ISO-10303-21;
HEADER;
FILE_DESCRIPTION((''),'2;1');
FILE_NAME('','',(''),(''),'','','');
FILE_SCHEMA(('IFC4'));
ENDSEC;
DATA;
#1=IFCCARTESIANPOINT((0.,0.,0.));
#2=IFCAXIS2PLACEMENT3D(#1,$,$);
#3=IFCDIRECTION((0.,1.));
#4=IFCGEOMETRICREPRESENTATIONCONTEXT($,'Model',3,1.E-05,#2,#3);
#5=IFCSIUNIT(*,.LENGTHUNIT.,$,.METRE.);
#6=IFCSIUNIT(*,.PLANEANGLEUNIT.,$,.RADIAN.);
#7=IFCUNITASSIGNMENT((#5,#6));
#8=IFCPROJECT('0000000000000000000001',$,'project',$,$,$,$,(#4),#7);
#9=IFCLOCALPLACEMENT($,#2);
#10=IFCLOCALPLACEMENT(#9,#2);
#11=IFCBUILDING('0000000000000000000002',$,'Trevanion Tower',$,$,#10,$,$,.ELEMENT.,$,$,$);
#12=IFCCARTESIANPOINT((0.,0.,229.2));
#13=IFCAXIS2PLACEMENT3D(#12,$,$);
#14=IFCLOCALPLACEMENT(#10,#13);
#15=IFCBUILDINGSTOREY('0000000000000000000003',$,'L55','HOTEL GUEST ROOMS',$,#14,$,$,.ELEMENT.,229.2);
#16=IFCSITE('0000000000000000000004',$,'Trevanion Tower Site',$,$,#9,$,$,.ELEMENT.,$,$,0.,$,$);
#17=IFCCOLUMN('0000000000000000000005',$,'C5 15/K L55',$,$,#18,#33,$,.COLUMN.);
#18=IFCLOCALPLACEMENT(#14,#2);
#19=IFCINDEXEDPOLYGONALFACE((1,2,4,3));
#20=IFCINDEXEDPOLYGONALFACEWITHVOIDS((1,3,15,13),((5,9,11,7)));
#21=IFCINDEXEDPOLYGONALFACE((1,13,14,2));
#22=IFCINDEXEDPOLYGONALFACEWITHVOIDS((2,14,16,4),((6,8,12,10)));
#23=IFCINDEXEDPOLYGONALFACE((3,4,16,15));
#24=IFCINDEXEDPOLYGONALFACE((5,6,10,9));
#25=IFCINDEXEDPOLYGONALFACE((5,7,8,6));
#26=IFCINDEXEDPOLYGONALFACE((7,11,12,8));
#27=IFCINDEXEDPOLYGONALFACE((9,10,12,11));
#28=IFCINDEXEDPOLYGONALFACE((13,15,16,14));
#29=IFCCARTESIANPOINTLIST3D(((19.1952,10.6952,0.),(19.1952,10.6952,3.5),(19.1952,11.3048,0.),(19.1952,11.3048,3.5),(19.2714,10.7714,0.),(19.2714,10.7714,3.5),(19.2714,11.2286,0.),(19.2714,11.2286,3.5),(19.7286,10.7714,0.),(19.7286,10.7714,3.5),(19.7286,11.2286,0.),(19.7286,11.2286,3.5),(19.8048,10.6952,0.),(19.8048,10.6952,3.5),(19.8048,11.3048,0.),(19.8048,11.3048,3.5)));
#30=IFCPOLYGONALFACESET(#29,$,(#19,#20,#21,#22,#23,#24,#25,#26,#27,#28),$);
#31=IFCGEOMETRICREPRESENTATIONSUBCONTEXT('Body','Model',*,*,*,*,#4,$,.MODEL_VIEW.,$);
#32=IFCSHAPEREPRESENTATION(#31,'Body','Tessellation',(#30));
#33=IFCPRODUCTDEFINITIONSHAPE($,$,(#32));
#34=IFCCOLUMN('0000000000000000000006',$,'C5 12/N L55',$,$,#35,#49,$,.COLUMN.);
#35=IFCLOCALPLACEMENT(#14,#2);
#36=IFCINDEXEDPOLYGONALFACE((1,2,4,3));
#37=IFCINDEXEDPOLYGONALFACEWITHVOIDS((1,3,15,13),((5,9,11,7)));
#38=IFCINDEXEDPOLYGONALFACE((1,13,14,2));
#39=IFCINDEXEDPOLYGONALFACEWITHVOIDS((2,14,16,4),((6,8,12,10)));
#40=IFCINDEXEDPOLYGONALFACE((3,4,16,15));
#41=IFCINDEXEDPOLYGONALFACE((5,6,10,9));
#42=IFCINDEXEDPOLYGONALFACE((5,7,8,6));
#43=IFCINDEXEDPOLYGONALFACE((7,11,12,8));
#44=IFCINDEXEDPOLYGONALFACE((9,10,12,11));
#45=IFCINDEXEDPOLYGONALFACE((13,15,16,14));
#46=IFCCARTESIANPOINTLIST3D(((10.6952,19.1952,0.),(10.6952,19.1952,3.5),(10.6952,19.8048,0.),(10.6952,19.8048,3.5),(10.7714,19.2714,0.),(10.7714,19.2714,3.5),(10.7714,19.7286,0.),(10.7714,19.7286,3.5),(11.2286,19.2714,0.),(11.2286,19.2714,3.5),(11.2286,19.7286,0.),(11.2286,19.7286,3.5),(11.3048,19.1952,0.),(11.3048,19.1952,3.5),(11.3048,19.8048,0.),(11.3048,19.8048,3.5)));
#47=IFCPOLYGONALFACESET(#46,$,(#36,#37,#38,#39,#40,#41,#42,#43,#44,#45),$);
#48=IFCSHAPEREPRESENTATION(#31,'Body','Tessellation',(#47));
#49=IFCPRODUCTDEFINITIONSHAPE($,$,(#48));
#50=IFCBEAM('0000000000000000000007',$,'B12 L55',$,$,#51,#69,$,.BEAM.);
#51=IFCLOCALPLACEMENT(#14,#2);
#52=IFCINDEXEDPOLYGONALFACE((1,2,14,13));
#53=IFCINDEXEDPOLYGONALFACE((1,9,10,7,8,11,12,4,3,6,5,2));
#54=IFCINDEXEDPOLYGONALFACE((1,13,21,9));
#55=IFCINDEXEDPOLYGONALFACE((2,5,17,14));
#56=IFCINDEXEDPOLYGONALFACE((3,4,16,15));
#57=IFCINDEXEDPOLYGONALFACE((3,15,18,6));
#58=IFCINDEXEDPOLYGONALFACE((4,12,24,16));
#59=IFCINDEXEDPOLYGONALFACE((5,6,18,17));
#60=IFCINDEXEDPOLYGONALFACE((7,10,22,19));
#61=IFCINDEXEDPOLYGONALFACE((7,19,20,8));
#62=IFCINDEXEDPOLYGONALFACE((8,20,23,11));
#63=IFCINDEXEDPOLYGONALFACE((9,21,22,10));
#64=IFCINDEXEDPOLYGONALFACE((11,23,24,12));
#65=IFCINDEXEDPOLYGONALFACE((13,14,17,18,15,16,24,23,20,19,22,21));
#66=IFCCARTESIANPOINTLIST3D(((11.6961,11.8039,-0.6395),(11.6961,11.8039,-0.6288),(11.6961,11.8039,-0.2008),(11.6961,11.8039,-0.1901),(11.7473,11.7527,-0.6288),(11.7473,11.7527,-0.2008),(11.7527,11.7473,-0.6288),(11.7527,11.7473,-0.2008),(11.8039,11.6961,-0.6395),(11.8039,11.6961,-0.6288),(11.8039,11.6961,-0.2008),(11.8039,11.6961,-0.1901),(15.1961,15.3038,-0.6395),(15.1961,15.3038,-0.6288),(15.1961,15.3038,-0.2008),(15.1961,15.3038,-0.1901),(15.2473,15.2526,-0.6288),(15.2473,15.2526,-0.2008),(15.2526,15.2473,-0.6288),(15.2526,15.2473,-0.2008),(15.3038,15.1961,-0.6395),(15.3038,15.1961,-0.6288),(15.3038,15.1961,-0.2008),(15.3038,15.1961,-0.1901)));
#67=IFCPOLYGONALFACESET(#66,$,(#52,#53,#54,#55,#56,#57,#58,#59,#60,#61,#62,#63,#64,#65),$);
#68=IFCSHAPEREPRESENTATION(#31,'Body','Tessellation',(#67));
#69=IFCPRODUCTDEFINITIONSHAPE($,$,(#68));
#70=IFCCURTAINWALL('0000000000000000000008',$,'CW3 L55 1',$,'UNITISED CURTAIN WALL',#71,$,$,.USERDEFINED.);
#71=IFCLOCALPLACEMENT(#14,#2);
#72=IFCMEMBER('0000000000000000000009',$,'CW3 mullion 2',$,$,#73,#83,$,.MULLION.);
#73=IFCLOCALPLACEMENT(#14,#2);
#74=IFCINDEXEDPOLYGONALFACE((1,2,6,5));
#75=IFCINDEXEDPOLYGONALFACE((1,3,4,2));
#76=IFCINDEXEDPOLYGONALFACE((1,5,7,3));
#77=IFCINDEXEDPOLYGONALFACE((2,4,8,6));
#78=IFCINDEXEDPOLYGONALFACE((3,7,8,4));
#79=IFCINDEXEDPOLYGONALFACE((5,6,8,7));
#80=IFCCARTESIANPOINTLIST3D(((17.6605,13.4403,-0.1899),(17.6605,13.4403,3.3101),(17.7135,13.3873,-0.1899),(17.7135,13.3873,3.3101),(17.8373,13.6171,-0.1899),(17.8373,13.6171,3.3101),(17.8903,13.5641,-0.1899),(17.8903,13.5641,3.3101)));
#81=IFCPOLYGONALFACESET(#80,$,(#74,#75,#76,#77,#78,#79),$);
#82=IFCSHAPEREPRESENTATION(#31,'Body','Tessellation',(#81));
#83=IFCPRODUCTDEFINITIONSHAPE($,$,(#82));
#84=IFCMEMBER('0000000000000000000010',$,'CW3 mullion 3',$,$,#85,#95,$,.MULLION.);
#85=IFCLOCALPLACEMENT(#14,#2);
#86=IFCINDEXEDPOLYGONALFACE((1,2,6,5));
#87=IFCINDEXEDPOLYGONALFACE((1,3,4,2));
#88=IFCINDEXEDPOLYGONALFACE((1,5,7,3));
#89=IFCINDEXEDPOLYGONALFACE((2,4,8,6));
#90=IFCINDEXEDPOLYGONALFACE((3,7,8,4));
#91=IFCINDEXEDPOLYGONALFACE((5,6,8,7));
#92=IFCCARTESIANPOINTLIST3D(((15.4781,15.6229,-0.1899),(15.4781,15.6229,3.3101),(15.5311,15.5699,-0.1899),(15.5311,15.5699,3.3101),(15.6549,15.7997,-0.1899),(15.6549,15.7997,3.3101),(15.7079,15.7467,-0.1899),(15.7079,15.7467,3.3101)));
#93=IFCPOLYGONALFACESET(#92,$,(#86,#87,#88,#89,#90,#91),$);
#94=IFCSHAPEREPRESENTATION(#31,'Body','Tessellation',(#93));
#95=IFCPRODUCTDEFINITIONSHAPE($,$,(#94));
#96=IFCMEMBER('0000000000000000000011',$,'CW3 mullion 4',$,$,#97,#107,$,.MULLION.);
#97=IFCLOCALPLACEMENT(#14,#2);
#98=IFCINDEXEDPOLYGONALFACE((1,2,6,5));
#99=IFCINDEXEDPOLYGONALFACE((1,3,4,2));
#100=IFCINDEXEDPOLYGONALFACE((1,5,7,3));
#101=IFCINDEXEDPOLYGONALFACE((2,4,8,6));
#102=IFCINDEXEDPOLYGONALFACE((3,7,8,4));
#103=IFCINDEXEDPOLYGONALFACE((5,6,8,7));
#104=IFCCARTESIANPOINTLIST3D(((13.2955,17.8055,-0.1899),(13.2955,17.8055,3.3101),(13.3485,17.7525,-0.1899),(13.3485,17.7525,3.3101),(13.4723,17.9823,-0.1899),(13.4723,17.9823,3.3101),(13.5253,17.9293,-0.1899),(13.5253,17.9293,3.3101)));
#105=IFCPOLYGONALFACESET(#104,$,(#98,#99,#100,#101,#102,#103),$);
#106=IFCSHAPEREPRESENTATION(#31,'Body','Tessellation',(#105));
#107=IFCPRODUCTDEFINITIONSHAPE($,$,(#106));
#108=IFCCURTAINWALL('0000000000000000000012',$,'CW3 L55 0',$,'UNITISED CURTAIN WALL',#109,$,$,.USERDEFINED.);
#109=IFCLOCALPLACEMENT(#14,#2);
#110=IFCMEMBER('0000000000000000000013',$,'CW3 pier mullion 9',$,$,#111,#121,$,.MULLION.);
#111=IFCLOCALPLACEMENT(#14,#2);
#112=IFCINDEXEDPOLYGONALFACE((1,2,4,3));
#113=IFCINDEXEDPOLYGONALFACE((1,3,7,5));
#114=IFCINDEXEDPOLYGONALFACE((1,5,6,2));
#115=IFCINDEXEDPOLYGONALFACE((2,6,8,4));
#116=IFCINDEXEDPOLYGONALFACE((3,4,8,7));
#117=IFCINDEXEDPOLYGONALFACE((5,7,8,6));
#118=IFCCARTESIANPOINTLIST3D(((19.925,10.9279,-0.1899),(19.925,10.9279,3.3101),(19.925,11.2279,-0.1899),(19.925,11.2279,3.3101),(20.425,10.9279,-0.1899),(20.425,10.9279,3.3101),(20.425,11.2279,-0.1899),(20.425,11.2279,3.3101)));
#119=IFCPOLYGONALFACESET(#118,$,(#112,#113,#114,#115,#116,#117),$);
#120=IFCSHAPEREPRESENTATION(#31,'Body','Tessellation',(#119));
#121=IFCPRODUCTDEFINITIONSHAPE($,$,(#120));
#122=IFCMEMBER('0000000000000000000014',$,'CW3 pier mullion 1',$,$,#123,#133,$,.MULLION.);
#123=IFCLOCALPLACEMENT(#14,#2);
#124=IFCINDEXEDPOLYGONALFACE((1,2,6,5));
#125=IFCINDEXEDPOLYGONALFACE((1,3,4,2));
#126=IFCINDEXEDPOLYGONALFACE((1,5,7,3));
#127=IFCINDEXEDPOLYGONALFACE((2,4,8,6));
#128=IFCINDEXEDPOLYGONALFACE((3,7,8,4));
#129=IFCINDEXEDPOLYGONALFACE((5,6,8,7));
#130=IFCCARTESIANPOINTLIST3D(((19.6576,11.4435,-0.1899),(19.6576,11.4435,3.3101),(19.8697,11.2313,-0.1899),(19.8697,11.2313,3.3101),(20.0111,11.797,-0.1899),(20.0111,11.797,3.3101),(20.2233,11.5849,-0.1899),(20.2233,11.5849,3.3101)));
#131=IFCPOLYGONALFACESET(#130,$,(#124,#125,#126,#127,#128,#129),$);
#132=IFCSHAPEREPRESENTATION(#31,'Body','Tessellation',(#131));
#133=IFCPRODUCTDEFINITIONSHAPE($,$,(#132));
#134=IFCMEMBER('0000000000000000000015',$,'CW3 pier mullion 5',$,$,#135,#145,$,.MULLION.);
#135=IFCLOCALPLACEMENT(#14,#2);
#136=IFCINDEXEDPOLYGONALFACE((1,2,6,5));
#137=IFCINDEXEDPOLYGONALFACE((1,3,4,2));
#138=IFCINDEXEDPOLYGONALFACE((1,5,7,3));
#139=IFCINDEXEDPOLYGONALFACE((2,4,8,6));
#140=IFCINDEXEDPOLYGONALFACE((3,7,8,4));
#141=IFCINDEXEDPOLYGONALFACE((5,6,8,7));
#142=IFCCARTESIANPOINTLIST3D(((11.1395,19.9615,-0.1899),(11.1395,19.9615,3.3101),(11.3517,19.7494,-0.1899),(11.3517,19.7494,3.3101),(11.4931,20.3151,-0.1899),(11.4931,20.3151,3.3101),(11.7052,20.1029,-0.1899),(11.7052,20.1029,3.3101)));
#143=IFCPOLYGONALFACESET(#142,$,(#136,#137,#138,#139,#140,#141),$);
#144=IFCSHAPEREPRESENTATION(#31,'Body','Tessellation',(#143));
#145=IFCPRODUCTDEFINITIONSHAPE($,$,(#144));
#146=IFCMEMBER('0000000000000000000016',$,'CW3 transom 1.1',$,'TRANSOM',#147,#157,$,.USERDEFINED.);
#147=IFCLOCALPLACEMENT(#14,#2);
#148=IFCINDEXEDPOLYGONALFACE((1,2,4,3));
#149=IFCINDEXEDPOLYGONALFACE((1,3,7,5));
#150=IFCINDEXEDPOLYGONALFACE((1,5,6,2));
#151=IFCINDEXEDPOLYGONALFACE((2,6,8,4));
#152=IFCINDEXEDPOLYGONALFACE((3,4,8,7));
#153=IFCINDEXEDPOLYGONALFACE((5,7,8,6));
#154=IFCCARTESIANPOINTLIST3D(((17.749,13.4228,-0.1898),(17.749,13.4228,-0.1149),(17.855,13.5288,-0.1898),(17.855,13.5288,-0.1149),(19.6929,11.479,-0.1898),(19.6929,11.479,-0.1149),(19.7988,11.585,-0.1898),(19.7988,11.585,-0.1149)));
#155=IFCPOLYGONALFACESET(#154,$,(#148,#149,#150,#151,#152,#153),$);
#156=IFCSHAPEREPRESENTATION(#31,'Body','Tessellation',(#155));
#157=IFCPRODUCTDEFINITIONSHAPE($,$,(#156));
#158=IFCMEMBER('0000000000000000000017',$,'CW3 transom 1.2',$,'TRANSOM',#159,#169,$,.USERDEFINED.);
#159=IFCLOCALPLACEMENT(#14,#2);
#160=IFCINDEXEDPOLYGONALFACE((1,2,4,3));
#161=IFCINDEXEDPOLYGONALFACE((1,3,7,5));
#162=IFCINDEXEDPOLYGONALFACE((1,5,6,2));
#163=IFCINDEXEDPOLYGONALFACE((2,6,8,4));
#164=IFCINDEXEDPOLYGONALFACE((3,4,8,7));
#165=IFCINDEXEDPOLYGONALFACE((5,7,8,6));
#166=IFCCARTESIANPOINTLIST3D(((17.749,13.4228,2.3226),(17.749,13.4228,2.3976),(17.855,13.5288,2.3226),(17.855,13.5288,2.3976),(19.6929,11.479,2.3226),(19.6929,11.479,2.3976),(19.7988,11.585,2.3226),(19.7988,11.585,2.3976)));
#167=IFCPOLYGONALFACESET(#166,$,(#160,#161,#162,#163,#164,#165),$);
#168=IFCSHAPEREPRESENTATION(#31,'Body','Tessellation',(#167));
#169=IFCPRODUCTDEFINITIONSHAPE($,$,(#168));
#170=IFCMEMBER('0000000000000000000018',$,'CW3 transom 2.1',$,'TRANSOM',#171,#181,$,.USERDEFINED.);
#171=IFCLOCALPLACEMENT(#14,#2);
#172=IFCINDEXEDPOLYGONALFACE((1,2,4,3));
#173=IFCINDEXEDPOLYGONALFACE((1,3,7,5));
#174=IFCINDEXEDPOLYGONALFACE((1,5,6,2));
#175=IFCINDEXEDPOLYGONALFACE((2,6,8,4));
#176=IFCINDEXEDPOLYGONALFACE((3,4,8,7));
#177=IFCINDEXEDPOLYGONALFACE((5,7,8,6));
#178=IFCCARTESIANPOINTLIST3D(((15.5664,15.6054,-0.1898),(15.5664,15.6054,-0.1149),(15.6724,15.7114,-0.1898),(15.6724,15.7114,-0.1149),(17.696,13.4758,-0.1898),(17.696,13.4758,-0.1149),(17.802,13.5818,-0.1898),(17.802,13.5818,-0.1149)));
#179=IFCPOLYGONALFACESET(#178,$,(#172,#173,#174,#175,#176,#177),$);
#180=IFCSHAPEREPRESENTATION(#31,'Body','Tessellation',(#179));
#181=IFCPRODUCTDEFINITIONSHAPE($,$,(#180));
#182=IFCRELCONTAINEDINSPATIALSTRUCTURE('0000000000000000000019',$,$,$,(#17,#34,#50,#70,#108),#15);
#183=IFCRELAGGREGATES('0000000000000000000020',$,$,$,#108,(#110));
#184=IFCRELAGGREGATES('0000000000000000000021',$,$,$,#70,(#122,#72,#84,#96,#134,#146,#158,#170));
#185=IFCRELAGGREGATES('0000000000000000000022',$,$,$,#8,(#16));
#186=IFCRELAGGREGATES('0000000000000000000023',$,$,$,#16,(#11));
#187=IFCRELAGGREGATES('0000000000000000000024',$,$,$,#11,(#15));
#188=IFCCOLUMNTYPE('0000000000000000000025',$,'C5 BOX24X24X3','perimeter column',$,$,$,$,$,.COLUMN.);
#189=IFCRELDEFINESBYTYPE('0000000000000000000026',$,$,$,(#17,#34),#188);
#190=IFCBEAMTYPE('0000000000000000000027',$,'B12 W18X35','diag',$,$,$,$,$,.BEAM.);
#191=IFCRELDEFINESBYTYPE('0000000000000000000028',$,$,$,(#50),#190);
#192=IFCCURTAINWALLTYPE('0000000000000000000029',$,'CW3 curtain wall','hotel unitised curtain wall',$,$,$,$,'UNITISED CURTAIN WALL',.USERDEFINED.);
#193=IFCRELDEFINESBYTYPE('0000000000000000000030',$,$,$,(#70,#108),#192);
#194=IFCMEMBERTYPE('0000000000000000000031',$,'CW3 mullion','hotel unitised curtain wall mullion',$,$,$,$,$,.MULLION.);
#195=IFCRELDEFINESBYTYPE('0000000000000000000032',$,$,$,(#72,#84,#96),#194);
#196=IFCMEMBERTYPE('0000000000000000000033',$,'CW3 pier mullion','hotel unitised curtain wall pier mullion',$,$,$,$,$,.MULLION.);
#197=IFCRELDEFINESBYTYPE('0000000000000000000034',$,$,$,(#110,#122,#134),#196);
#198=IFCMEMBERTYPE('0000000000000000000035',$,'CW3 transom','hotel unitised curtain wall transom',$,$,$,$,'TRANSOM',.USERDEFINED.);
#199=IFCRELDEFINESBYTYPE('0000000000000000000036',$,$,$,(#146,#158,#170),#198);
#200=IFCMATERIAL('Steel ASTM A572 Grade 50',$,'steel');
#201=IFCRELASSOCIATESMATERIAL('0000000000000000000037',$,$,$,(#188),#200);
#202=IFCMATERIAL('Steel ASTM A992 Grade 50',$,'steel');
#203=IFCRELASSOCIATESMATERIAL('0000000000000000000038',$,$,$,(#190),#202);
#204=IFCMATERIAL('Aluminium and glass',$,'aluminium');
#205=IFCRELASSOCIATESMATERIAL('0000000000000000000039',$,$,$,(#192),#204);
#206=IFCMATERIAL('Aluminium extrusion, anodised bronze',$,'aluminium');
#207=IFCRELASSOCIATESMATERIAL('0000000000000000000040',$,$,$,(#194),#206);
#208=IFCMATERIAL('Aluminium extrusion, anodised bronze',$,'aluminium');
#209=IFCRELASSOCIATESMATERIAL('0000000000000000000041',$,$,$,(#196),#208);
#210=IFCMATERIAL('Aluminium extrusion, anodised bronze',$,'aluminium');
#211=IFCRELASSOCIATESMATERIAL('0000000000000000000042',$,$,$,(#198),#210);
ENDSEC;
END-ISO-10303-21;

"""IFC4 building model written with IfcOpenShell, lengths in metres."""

from ifc_helpers import new_model, si_unit, direction, frame, origin, origin_2d, place, context, subcontext, project, spatial, rectangle, hollow_rectangle, i_section, extrude, material, material_profile, profile_set, type_object, element, aggregate, save


model = new_model("IFC4")

# Units and contexts
model_context = context("Model", 3, precision=1e-05, world=origin(), true_north=direction((0.0, 1.0)))
body_context = subcontext(model_context, "Body", "Model", "MODEL_VIEW")
ifc_project = project(units=[si_unit("LENGTHUNIT", "METRE"), si_unit("PLANEANGLEUNIT", "RADIAN")], contexts=[model_context])

# Site, building, storey
site_placement = place(None, origin())
site = spatial("IfcSite", under=ifc_project, at=site_placement, Name="Trevanion Tower Site", CompositionType="ELEMENT", RefElevation=0.0)
building_placement = place(site_placement, origin())
building = spatial("IfcBuilding", under=site, at=building_placement, Name="Trevanion Tower", CompositionType="ELEMENT")
storey_placement = place(building_placement, frame((0.0, 0.0, 229.2)))
storey = spatial("IfcBuildingStorey", under=building, at=storey_placement, Name="L55", Description="HOTEL GUEST ROOMS", CompositionType="ELEMENT", Elevation=229.2)

# Columns
ifc_material_1 = material(Name="Steel ASTM A572 Grade 50", Category="steel")
ifc_material_profile_1 = material_profile(ifc_material_1, hollow_rectangle(XDim=0.6096, YDim=0.6096, WallThickness=0.0762, at=origin_2d()), Name="BOX24X24X3")
ifc_profile_set_1 = profile_set([ifc_material_profile_1], Name="Steel ASTM A572 Grade 50")
column_type = type_object("IfcColumnType", Name="C5 BOX24X24X3", Description="perimeter column", PredefinedType="COLUMN", material=ifc_profile_set_1)
for number, where, z_axis, x_axis, name in (
    (1, (19.5, 11.0, 0.0), (0.0, 0.0, 1.0), (0.0, 1.0, 0.0), "C5 15/K L55"),
    (2, (11.0, 19.5, 0.0), (0.0, 0.0, 1.0), (1.0, 0.0, 0.0), "C5 12/N L55"),
):
    element("IfcColumn", number, at=place(storey_placement, frame(where, z_axis=z_axis, x_axis=x_axis)), inside=storey, type_object=column_type, Name=name, PredefinedType="COLUMN", context=body_context, shape_type="SweptSolid", body=[
        extrude(hollow_rectangle(XDim=0.6096, YDim=0.6096, WallThickness=0.0762, at=origin_2d()), origin(), (0.0, 0.0, 1.0), 3.5),
    ])

# Beam
ifc_material_2 = material(Name="Steel ASTM A992 Grade 50", Category="steel")
ifc_material_profile_2 = material_profile(ifc_material_2, i_section(OverallWidth=0.1523, OverallDepth=0.4495, WebThickness=0.0076, FlangeThickness=0.0107, at=origin_2d()), Name="W18X35")
ifc_profile_set_2 = profile_set([ifc_material_profile_2], Name="Steel ASTM A992 Grade 50")
beam_type_1 = type_object("IfcBeamType", Name="B12 W18X35", Description="diag", PredefinedType="BEAM", material=ifc_profile_set_2)
beam_1_placement = place(storey_placement, frame((11.75, 11.75, -0.4148), z_axis=(0.707107, 0.707107, 0.0), x_axis=(-0.707107, 0.707107, 0.0)))
element("IfcBeam", 3, at=beam_1_placement, inside=storey, type_object=beam_type_1, Name="B12 L55", PredefinedType="BEAM", context=body_context, shape_type="SweptSolid", body=[
    extrude(i_section(OverallWidth=0.1523, OverallDepth=0.4495, WebThickness=0.0076, FlangeThickness=0.0107, at=origin_2d()), origin(), (0.0, 0.0, 1.0), 4.9497),
])

# Curtain wall, members
ifc_material_3 = material(Name="Aluminium and glass", Category="aluminium")
curtain_wall_type = type_object("IfcCurtainWallType", Name="CW3 curtain wall", Description="hotel unitised curtain wall", ElementType="UNITISED CURTAIN WALL", PredefinedType="USERDEFINED", material=ifc_material_3)
curtain_wall_1_placement = place(storey_placement, origin())
curtain_wall_1 = element("IfcCurtainWall", 4, at=curtain_wall_1_placement, inside=storey, type_object=curtain_wall_type, Name="CW3 L55 1", ObjectType="UNITISED CURTAIN WALL", PredefinedType="USERDEFINED")
ifc_material_4 = material(Name="Aluminium extrusion, anodised bronze", Category="aluminium")
ifc_material_profile_3 = material_profile(ifc_material_4, rectangle(XDim=0.075, YDim=0.25, at=origin_2d()), Name="CW3 mullion")
ifc_profile_set_3 = profile_set([ifc_material_profile_3], Name="Aluminium extrusion, anodised bronze")
member_type_1 = type_object("IfcMemberType", Name="CW3 mullion", Description="hotel unitised curtain wall mullion", PredefinedType="MULLION", material=ifc_profile_set_3)
member_1_placement = place(storey_placement, frame((17.7754, 13.5022, -0.1899), z_axis=(0.0, 0.0, 1.0), x_axis=(-0.707107, 0.707107, 0.0)))
member_1 = element("IfcMember", 5, at=member_1_placement, type_object=member_type_1, Name="CW3 mullion 2", PredefinedType="MULLION", context=body_context, shape_type="SweptSolid", body=[
    extrude(rectangle(XDim=0.075, YDim=0.25, at=origin_2d()), origin(), (0.0, 0.0, 1.0), 3.5),
])
member_2_placement = place(storey_placement, frame((15.593, 15.6848, -0.1899), z_axis=(0.0, 0.0, 1.0), x_axis=(-0.707107, 0.707107, 0.0)))
member_2 = element("IfcMember", 6, at=member_2_placement, type_object=member_type_1, Name="CW3 mullion 3", PredefinedType="MULLION", context=body_context, shape_type="SweptSolid", body=[
    extrude(rectangle(XDim=0.075, YDim=0.25, at=origin_2d()), origin(), (0.0, 0.0, 1.0), 3.5),
])
member_3_placement = place(storey_placement, frame((13.4104, 17.8674, -0.1899), z_axis=(0.0, 0.0, 1.0), x_axis=(-0.707107, 0.707107, 0.0)))
member_3 = element("IfcMember", 7, at=member_3_placement, type_object=member_type_1, Name="CW3 mullion 4", PredefinedType="MULLION", context=body_context, shape_type="SweptSolid", body=[
    extrude(rectangle(XDim=0.075, YDim=0.25, at=origin_2d()), origin(), (0.0, 0.0, 1.0), 3.5),
])

# Curtain wall, member
curtain_wall_2_placement = place(storey_placement, origin())
curtain_wall_2 = element("IfcCurtainWall", 8, at=curtain_wall_2_placement, inside=storey, type_object=curtain_wall_type, Name="CW3 L55 0", ObjectType="UNITISED CURTAIN WALL", PredefinedType="USERDEFINED")
ifc_material_5 = material(Name="Aluminium extrusion, anodised bronze", Category="aluminium")
ifc_material_profile_4 = material_profile(ifc_material_5, rectangle(XDim=0.3, YDim=0.5, at=origin_2d()), Name="CW3 pier mullion")
ifc_profile_set_4 = profile_set([ifc_material_profile_4], Name="Aluminium extrusion, anodised bronze")
member_type_2 = type_object("IfcMemberType", Name="CW3 pier mullion", Description="hotel unitised curtain wall pier mullion", PredefinedType="MULLION", material=ifc_profile_set_4)
member_4_placement = place(storey_placement, frame((20.175, 11.0779, -0.1899), z_axis=(0.0, 0.0, 1.0), x_axis=(0.0, 1.0, 0.0)))
member_4 = element("IfcMember", 9, at=member_4_placement, type_object=member_type_2, Name="CW3 pier mullion 9", PredefinedType="MULLION", context=body_context, shape_type="SweptSolid", body=[
    extrude(rectangle(XDim=0.3, YDim=0.5, at=origin_2d()), origin(), (0.0, 0.0, 1.0), 3.5),
])
aggregate(curtain_wall_2, [member_4])

# Members
member_5_placement = place(storey_placement, frame((19.9404, 11.5142, -0.1899), z_axis=(0.0, 0.0, 1.0), x_axis=(-0.707107, 0.707107, 0.0)))
member_5 = element("IfcMember", 10, at=member_5_placement, type_object=member_type_2, Name="CW3 pier mullion 1", PredefinedType="MULLION", context=body_context, shape_type="SweptSolid", body=[
    extrude(rectangle(XDim=0.3, YDim=0.5, at=origin_2d()), origin(), (0.0, 0.0, 1.0), 3.5),
])
member_6_placement = place(storey_placement, frame((11.4224, 20.0322, -0.1899), z_axis=(0.0, 0.0, 1.0), x_axis=(-0.707107, 0.707107, 0.0)))
member_6 = element("IfcMember", 11, at=member_6_placement, type_object=member_type_2, Name="CW3 pier mullion 5", PredefinedType="MULLION", context=body_context, shape_type="SweptSolid", body=[
    extrude(rectangle(XDim=0.3, YDim=0.5, at=origin_2d()), origin(), (0.0, 0.0, 1.0), 3.5),
])
ifc_material_6 = material(Name="Aluminium extrusion, anodised bronze", Category="aluminium")
ifc_material_profile_5 = material_profile(ifc_material_6, rectangle(XDim=0.1499, YDim=0.075, at=origin_2d()), Name="CW3 transom")
ifc_profile_set_5 = profile_set([ifc_material_profile_5], Name="Aluminium extrusion, anodised bronze")
member_type_3 = type_object("IfcMemberType", Name="CW3 transom", Description="hotel unitised curtain wall transom", ElementType="TRANSOM", PredefinedType="USERDEFINED", material=ifc_profile_set_5)
member_7_placement = place(storey_placement, frame((19.7458, 11.532, -0.1523), z_axis=(-0.707107, 0.707107, 0.0), x_axis=(-0.707107, -0.707107, 0.0)))
member_7 = element("IfcMember", 12, at=member_7_placement, type_object=member_type_3, Name="CW3 transom 1.1", ObjectType="TRANSOM", PredefinedType="USERDEFINED", context=body_context, shape_type="SweptSolid", body=[
    extrude(rectangle(XDim=0.1499, YDim=0.075, at=origin_2d()), origin(), (0.0, 0.0, 1.0), 2.749),
])
member_8_placement = place(storey_placement, frame((19.7458, 11.532, 2.3601), z_axis=(-0.707107, 0.707107, 0.0), x_axis=(-0.707107, -0.707107, 0.0)))
member_8 = element("IfcMember", 13, at=member_8_placement, type_object=member_type_3, Name="CW3 transom 1.2", ObjectType="TRANSOM", PredefinedType="USERDEFINED", context=body_context, shape_type="SweptSolid", body=[
    extrude(rectangle(XDim=0.1499, YDim=0.075, at=origin_2d()), origin(), (0.0, 0.0, 1.0), 2.749),
])
member_9_placement = place(storey_placement, frame((17.749, 13.5288, -0.1523), z_axis=(-0.707107, 0.707107, 0.0), x_axis=(-0.707107, -0.707107, 0.0)))
member_9 = element("IfcMember", 14, at=member_9_placement, type_object=member_type_3, Name="CW3 transom 2.1", ObjectType="TRANSOM", PredefinedType="USERDEFINED", context=body_context, shape_type="SweptSolid", body=[
    extrude(rectangle(XDim=0.1499, YDim=0.075, at=origin_2d()), origin(), (0.0, 0.0, 1.0), 3.0117),
])

aggregate(curtain_wall_1, [member_5, member_1, member_2, member_3, member_6, member_7, member_8, member_9])

save(model, "model.ifc")
